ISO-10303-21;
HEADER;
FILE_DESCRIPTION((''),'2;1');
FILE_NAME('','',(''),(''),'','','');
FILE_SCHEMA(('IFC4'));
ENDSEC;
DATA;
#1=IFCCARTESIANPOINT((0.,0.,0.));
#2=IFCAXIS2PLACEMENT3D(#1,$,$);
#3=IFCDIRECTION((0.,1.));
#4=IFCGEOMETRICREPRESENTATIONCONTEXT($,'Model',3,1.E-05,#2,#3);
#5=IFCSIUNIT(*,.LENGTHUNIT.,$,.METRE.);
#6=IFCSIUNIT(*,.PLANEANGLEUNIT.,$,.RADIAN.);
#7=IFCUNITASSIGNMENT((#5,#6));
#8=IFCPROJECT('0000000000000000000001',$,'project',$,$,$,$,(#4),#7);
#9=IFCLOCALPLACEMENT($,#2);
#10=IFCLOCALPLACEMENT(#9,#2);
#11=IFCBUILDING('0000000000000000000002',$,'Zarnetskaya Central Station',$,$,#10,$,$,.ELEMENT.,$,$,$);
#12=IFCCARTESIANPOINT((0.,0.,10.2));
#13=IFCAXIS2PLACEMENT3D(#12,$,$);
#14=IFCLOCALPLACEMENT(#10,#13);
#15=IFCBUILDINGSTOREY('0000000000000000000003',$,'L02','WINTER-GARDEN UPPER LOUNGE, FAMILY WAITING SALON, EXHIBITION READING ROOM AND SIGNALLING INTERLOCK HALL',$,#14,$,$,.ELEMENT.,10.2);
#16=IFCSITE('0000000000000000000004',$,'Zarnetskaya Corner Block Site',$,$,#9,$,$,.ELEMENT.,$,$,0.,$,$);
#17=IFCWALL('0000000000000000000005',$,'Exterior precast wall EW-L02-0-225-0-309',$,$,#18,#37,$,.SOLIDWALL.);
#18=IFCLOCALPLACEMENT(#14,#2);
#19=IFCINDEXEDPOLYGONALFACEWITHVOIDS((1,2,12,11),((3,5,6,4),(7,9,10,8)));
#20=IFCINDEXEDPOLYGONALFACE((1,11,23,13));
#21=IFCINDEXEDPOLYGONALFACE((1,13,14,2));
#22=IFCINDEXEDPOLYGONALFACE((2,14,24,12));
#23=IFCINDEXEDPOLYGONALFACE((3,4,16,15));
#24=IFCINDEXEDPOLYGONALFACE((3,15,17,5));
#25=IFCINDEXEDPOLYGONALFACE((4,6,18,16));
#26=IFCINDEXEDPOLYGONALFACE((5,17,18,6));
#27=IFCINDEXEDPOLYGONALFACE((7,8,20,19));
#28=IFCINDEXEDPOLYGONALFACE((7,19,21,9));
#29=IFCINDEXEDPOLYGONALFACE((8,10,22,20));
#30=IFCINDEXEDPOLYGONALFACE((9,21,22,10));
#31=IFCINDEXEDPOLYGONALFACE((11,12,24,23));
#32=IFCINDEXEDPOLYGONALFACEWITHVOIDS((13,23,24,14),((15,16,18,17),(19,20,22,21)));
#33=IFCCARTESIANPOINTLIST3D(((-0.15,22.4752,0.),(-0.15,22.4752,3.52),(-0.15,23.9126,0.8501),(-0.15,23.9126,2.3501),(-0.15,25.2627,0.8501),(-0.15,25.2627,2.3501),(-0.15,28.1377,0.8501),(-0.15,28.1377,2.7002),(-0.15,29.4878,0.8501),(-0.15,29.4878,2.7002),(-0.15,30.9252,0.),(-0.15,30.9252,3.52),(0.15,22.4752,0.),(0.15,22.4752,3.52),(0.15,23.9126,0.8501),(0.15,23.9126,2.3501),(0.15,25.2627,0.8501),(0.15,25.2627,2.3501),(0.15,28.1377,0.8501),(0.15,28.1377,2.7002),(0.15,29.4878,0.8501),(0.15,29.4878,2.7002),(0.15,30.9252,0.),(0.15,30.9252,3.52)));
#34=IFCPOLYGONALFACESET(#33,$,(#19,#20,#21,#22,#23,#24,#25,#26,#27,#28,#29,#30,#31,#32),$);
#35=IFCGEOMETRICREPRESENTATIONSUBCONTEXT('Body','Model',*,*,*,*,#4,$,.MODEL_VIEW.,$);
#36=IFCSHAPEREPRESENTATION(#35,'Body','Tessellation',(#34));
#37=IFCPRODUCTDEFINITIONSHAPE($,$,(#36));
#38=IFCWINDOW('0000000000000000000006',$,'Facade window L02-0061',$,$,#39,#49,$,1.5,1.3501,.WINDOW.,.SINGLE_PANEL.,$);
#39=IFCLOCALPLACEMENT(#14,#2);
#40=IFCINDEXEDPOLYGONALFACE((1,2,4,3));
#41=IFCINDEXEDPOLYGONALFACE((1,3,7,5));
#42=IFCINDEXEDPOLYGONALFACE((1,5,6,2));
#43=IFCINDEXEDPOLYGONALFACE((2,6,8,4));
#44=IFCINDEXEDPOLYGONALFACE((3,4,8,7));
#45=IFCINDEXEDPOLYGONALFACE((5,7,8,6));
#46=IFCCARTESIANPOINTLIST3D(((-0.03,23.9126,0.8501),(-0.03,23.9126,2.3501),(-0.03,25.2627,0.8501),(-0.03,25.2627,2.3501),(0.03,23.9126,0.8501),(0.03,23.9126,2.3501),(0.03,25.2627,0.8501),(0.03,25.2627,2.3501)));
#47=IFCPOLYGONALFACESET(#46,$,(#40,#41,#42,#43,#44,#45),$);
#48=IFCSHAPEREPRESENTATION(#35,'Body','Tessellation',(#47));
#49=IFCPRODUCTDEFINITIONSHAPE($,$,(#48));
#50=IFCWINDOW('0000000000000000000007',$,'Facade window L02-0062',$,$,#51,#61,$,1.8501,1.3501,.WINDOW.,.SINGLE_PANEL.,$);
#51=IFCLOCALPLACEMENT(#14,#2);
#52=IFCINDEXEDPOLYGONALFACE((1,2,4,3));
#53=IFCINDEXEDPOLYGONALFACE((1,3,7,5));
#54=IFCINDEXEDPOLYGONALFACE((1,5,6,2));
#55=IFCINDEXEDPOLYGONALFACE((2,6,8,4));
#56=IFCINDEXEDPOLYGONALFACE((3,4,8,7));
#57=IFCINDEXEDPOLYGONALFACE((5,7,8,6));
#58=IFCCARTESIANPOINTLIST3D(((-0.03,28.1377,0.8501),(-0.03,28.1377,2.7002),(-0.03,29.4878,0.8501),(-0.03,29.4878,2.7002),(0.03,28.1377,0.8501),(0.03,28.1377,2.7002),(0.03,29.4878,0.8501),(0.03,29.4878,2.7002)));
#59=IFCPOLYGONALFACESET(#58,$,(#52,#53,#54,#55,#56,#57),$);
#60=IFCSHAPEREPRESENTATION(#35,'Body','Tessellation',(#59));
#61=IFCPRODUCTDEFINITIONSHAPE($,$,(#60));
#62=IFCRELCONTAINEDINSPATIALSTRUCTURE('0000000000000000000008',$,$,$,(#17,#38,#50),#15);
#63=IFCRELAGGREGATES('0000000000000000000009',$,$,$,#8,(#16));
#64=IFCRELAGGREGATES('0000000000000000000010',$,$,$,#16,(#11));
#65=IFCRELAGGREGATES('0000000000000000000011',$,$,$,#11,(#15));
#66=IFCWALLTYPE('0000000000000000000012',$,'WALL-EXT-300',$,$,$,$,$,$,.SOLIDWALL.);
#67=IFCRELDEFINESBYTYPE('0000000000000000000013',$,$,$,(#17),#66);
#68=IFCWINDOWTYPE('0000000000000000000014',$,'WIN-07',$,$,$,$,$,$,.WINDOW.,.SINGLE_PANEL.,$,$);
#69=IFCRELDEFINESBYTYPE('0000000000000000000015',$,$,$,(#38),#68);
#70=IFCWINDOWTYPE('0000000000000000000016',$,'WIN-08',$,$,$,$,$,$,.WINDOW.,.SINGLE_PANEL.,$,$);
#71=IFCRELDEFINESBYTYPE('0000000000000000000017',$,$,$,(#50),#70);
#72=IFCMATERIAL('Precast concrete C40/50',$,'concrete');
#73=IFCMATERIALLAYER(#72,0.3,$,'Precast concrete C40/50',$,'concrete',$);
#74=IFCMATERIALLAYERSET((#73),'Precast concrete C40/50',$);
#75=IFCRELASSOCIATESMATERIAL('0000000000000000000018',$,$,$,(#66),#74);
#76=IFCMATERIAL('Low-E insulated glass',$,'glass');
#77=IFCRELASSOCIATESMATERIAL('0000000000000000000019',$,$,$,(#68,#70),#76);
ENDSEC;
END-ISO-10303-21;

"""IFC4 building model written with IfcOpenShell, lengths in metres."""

from ifc_helpers import new_model, si_unit, direction, frame, frame_2d, origin, place, context, subcontext, project, spatial, rectangle, extrude, material, layer, layer_set, type_object, element, fill, save


model = new_model("IFC4")

# Units and contexts
model_context = context("Model", 3, precision=1e-05, world=origin(), true_north=direction((0.0, 1.0)))
body_context = subcontext(model_context, "Body", "Model", "MODEL_VIEW")
ifc_project = project(units=[si_unit("LENGTHUNIT", "METRE"), si_unit("PLANEANGLEUNIT", "RADIAN")], contexts=[model_context])

# Site, building, storey
site_placement = place(None, origin())
site = spatial("IfcSite", under=ifc_project, at=site_placement, Name="Zarnetskaya Corner Block Site", CompositionType="ELEMENT", RefElevation=0.0)
building_placement = place(site_placement, origin())
building = spatial("IfcBuilding", under=site, at=building_placement, Name="Zarnetskaya Central Station", CompositionType="ELEMENT")
storey_placement = place(building_placement, frame((0.0, 0.0, 10.2)))
storey = spatial("IfcBuildingStorey", under=building, at=storey_placement, Name="L02", Description="WINTER-GARDEN UPPER LOUNGE, FAMILY WAITING SALON, EXHIBITION READING ROOM AND SIGNALLING INTERLOCK HALL", CompositionType="ELEMENT", Elevation=10.2)

# Shared definitions
ifc_material_1 = material(Name="Low-E insulated glass", Category="glass")

# Wall, openings, windows
ifc_material_2 = material(Name="Precast concrete C40/50", Category="concrete")
ifc_layer_1 = layer(ifc_material_2, 0.3, Name="Precast concrete C40/50", Category="concrete")
ifc_layer_set_1 = layer_set([ifc_layer_1], Name="Precast concrete C40/50")
wall_type = type_object("IfcWallType", Name="WALL-EXT-300", PredefinedType="SOLIDWALL", material=ifc_layer_set_1)
wall_placement = place(storey_placement, frame((0.0, 22.4751, 0.0), z_axis=(0.0, 0.0, 1.0), x_axis=(0.0, 1.0, 0.0)))
wall = element("IfcWall", 1, at=wall_placement, inside=storey, type_object=wall_type, Name="Exterior precast wall EW-L02-0-225-0-309", PredefinedType="SOLIDWALL", context=body_context, shape_type="SweptSolid", body=[
    extrude(rectangle(XDim=8.45, YDim=0.3, at=frame_2d((4.2251, 0.0))), origin(), (0.0, 0.0, 1.0), 3.52),
])
opening_1_placement = place(wall_placement, frame((1.4375, 0.0, 0.8501)))
opening_1 = element("IfcOpeningElement", 2, at=opening_1_placement, cuts=wall, PredefinedType="OPENING", context=body_context, shape_type="SweptSolid", body=[
    extrude(rectangle(XDim=1.3501, YDim=1.5, at=frame_2d((0.675, 0.75))), frame((0.0, 0.1602, 0.0), z_axis=(0.0, -1.0, 0.0), x_axis=(1.0, 0.0, 0.0)), (0.0, 0.0, 1.0), 0.3201),
])
opening_2_placement = place(wall_placement, frame((5.6626, 0.0, 0.8501)))
opening_2 = element("IfcOpeningElement", 3, at=opening_2_placement, cuts=wall, PredefinedType="OPENING", context=body_context, shape_type="SweptSolid", body=[
    extrude(rectangle(XDim=1.3501, YDim=1.8501, at=frame_2d((0.675, 0.925))), frame((0.0, 0.1602, 0.0), z_axis=(0.0, -1.0, 0.0), x_axis=(1.0, 0.0, 0.0)), (0.0, 0.0, 1.0), 0.3201),
])
window_type_1 = type_object("IfcWindowType", Name="WIN-07", PartitioningType="SINGLE_PANEL", PredefinedType="WINDOW", material=ifc_material_1)
window_1_placement = place(opening_1_placement, origin())
window_1 = element("IfcWindow", 4, at=window_1_placement, inside=storey, type_object=window_type_1, Name="Facade window L02-0061", OverallHeight=1.5, OverallWidth=1.3501, PartitioningType="SINGLE_PANEL", PredefinedType="WINDOW", context=body_context, shape_type="SweptSolid", body=[
    extrude(rectangle(XDim=1.3501, YDim=1.5, at=frame_2d((0.675, 0.75))), frame((0.0, 0.03, 0.0), z_axis=(0.0, -1.0, 0.0), x_axis=(1.0, 0.0, 0.0)), (0.0, 0.0, 1.0), 0.0601),
])
fill(opening_1, window_1)
window_type_2 = type_object("IfcWindowType", Name="WIN-08", PartitioningType="SINGLE_PANEL", PredefinedType="WINDOW", material=ifc_material_1)
window_2_placement = place(opening_2_placement, origin())
window_2 = element("IfcWindow", 5, at=window_2_placement, inside=storey, type_object=window_type_2, Name="Facade window L02-0062", OverallHeight=1.8501, OverallWidth=1.3501, PartitioningType="SINGLE_PANEL", PredefinedType="WINDOW", context=body_context, shape_type="SweptSolid", body=[
    extrude(rectangle(XDim=1.3501, YDim=1.8501, at=frame_2d((0.675, 0.925))), frame((0.0, 0.03, 0.0), z_axis=(0.0, -1.0, 0.0), x_axis=(1.0, 0.0, 0.0)), (0.0, 0.0, 1.0), 0.0601),
])
fill(opening_2, window_2)

save(model, "model.ifc")
